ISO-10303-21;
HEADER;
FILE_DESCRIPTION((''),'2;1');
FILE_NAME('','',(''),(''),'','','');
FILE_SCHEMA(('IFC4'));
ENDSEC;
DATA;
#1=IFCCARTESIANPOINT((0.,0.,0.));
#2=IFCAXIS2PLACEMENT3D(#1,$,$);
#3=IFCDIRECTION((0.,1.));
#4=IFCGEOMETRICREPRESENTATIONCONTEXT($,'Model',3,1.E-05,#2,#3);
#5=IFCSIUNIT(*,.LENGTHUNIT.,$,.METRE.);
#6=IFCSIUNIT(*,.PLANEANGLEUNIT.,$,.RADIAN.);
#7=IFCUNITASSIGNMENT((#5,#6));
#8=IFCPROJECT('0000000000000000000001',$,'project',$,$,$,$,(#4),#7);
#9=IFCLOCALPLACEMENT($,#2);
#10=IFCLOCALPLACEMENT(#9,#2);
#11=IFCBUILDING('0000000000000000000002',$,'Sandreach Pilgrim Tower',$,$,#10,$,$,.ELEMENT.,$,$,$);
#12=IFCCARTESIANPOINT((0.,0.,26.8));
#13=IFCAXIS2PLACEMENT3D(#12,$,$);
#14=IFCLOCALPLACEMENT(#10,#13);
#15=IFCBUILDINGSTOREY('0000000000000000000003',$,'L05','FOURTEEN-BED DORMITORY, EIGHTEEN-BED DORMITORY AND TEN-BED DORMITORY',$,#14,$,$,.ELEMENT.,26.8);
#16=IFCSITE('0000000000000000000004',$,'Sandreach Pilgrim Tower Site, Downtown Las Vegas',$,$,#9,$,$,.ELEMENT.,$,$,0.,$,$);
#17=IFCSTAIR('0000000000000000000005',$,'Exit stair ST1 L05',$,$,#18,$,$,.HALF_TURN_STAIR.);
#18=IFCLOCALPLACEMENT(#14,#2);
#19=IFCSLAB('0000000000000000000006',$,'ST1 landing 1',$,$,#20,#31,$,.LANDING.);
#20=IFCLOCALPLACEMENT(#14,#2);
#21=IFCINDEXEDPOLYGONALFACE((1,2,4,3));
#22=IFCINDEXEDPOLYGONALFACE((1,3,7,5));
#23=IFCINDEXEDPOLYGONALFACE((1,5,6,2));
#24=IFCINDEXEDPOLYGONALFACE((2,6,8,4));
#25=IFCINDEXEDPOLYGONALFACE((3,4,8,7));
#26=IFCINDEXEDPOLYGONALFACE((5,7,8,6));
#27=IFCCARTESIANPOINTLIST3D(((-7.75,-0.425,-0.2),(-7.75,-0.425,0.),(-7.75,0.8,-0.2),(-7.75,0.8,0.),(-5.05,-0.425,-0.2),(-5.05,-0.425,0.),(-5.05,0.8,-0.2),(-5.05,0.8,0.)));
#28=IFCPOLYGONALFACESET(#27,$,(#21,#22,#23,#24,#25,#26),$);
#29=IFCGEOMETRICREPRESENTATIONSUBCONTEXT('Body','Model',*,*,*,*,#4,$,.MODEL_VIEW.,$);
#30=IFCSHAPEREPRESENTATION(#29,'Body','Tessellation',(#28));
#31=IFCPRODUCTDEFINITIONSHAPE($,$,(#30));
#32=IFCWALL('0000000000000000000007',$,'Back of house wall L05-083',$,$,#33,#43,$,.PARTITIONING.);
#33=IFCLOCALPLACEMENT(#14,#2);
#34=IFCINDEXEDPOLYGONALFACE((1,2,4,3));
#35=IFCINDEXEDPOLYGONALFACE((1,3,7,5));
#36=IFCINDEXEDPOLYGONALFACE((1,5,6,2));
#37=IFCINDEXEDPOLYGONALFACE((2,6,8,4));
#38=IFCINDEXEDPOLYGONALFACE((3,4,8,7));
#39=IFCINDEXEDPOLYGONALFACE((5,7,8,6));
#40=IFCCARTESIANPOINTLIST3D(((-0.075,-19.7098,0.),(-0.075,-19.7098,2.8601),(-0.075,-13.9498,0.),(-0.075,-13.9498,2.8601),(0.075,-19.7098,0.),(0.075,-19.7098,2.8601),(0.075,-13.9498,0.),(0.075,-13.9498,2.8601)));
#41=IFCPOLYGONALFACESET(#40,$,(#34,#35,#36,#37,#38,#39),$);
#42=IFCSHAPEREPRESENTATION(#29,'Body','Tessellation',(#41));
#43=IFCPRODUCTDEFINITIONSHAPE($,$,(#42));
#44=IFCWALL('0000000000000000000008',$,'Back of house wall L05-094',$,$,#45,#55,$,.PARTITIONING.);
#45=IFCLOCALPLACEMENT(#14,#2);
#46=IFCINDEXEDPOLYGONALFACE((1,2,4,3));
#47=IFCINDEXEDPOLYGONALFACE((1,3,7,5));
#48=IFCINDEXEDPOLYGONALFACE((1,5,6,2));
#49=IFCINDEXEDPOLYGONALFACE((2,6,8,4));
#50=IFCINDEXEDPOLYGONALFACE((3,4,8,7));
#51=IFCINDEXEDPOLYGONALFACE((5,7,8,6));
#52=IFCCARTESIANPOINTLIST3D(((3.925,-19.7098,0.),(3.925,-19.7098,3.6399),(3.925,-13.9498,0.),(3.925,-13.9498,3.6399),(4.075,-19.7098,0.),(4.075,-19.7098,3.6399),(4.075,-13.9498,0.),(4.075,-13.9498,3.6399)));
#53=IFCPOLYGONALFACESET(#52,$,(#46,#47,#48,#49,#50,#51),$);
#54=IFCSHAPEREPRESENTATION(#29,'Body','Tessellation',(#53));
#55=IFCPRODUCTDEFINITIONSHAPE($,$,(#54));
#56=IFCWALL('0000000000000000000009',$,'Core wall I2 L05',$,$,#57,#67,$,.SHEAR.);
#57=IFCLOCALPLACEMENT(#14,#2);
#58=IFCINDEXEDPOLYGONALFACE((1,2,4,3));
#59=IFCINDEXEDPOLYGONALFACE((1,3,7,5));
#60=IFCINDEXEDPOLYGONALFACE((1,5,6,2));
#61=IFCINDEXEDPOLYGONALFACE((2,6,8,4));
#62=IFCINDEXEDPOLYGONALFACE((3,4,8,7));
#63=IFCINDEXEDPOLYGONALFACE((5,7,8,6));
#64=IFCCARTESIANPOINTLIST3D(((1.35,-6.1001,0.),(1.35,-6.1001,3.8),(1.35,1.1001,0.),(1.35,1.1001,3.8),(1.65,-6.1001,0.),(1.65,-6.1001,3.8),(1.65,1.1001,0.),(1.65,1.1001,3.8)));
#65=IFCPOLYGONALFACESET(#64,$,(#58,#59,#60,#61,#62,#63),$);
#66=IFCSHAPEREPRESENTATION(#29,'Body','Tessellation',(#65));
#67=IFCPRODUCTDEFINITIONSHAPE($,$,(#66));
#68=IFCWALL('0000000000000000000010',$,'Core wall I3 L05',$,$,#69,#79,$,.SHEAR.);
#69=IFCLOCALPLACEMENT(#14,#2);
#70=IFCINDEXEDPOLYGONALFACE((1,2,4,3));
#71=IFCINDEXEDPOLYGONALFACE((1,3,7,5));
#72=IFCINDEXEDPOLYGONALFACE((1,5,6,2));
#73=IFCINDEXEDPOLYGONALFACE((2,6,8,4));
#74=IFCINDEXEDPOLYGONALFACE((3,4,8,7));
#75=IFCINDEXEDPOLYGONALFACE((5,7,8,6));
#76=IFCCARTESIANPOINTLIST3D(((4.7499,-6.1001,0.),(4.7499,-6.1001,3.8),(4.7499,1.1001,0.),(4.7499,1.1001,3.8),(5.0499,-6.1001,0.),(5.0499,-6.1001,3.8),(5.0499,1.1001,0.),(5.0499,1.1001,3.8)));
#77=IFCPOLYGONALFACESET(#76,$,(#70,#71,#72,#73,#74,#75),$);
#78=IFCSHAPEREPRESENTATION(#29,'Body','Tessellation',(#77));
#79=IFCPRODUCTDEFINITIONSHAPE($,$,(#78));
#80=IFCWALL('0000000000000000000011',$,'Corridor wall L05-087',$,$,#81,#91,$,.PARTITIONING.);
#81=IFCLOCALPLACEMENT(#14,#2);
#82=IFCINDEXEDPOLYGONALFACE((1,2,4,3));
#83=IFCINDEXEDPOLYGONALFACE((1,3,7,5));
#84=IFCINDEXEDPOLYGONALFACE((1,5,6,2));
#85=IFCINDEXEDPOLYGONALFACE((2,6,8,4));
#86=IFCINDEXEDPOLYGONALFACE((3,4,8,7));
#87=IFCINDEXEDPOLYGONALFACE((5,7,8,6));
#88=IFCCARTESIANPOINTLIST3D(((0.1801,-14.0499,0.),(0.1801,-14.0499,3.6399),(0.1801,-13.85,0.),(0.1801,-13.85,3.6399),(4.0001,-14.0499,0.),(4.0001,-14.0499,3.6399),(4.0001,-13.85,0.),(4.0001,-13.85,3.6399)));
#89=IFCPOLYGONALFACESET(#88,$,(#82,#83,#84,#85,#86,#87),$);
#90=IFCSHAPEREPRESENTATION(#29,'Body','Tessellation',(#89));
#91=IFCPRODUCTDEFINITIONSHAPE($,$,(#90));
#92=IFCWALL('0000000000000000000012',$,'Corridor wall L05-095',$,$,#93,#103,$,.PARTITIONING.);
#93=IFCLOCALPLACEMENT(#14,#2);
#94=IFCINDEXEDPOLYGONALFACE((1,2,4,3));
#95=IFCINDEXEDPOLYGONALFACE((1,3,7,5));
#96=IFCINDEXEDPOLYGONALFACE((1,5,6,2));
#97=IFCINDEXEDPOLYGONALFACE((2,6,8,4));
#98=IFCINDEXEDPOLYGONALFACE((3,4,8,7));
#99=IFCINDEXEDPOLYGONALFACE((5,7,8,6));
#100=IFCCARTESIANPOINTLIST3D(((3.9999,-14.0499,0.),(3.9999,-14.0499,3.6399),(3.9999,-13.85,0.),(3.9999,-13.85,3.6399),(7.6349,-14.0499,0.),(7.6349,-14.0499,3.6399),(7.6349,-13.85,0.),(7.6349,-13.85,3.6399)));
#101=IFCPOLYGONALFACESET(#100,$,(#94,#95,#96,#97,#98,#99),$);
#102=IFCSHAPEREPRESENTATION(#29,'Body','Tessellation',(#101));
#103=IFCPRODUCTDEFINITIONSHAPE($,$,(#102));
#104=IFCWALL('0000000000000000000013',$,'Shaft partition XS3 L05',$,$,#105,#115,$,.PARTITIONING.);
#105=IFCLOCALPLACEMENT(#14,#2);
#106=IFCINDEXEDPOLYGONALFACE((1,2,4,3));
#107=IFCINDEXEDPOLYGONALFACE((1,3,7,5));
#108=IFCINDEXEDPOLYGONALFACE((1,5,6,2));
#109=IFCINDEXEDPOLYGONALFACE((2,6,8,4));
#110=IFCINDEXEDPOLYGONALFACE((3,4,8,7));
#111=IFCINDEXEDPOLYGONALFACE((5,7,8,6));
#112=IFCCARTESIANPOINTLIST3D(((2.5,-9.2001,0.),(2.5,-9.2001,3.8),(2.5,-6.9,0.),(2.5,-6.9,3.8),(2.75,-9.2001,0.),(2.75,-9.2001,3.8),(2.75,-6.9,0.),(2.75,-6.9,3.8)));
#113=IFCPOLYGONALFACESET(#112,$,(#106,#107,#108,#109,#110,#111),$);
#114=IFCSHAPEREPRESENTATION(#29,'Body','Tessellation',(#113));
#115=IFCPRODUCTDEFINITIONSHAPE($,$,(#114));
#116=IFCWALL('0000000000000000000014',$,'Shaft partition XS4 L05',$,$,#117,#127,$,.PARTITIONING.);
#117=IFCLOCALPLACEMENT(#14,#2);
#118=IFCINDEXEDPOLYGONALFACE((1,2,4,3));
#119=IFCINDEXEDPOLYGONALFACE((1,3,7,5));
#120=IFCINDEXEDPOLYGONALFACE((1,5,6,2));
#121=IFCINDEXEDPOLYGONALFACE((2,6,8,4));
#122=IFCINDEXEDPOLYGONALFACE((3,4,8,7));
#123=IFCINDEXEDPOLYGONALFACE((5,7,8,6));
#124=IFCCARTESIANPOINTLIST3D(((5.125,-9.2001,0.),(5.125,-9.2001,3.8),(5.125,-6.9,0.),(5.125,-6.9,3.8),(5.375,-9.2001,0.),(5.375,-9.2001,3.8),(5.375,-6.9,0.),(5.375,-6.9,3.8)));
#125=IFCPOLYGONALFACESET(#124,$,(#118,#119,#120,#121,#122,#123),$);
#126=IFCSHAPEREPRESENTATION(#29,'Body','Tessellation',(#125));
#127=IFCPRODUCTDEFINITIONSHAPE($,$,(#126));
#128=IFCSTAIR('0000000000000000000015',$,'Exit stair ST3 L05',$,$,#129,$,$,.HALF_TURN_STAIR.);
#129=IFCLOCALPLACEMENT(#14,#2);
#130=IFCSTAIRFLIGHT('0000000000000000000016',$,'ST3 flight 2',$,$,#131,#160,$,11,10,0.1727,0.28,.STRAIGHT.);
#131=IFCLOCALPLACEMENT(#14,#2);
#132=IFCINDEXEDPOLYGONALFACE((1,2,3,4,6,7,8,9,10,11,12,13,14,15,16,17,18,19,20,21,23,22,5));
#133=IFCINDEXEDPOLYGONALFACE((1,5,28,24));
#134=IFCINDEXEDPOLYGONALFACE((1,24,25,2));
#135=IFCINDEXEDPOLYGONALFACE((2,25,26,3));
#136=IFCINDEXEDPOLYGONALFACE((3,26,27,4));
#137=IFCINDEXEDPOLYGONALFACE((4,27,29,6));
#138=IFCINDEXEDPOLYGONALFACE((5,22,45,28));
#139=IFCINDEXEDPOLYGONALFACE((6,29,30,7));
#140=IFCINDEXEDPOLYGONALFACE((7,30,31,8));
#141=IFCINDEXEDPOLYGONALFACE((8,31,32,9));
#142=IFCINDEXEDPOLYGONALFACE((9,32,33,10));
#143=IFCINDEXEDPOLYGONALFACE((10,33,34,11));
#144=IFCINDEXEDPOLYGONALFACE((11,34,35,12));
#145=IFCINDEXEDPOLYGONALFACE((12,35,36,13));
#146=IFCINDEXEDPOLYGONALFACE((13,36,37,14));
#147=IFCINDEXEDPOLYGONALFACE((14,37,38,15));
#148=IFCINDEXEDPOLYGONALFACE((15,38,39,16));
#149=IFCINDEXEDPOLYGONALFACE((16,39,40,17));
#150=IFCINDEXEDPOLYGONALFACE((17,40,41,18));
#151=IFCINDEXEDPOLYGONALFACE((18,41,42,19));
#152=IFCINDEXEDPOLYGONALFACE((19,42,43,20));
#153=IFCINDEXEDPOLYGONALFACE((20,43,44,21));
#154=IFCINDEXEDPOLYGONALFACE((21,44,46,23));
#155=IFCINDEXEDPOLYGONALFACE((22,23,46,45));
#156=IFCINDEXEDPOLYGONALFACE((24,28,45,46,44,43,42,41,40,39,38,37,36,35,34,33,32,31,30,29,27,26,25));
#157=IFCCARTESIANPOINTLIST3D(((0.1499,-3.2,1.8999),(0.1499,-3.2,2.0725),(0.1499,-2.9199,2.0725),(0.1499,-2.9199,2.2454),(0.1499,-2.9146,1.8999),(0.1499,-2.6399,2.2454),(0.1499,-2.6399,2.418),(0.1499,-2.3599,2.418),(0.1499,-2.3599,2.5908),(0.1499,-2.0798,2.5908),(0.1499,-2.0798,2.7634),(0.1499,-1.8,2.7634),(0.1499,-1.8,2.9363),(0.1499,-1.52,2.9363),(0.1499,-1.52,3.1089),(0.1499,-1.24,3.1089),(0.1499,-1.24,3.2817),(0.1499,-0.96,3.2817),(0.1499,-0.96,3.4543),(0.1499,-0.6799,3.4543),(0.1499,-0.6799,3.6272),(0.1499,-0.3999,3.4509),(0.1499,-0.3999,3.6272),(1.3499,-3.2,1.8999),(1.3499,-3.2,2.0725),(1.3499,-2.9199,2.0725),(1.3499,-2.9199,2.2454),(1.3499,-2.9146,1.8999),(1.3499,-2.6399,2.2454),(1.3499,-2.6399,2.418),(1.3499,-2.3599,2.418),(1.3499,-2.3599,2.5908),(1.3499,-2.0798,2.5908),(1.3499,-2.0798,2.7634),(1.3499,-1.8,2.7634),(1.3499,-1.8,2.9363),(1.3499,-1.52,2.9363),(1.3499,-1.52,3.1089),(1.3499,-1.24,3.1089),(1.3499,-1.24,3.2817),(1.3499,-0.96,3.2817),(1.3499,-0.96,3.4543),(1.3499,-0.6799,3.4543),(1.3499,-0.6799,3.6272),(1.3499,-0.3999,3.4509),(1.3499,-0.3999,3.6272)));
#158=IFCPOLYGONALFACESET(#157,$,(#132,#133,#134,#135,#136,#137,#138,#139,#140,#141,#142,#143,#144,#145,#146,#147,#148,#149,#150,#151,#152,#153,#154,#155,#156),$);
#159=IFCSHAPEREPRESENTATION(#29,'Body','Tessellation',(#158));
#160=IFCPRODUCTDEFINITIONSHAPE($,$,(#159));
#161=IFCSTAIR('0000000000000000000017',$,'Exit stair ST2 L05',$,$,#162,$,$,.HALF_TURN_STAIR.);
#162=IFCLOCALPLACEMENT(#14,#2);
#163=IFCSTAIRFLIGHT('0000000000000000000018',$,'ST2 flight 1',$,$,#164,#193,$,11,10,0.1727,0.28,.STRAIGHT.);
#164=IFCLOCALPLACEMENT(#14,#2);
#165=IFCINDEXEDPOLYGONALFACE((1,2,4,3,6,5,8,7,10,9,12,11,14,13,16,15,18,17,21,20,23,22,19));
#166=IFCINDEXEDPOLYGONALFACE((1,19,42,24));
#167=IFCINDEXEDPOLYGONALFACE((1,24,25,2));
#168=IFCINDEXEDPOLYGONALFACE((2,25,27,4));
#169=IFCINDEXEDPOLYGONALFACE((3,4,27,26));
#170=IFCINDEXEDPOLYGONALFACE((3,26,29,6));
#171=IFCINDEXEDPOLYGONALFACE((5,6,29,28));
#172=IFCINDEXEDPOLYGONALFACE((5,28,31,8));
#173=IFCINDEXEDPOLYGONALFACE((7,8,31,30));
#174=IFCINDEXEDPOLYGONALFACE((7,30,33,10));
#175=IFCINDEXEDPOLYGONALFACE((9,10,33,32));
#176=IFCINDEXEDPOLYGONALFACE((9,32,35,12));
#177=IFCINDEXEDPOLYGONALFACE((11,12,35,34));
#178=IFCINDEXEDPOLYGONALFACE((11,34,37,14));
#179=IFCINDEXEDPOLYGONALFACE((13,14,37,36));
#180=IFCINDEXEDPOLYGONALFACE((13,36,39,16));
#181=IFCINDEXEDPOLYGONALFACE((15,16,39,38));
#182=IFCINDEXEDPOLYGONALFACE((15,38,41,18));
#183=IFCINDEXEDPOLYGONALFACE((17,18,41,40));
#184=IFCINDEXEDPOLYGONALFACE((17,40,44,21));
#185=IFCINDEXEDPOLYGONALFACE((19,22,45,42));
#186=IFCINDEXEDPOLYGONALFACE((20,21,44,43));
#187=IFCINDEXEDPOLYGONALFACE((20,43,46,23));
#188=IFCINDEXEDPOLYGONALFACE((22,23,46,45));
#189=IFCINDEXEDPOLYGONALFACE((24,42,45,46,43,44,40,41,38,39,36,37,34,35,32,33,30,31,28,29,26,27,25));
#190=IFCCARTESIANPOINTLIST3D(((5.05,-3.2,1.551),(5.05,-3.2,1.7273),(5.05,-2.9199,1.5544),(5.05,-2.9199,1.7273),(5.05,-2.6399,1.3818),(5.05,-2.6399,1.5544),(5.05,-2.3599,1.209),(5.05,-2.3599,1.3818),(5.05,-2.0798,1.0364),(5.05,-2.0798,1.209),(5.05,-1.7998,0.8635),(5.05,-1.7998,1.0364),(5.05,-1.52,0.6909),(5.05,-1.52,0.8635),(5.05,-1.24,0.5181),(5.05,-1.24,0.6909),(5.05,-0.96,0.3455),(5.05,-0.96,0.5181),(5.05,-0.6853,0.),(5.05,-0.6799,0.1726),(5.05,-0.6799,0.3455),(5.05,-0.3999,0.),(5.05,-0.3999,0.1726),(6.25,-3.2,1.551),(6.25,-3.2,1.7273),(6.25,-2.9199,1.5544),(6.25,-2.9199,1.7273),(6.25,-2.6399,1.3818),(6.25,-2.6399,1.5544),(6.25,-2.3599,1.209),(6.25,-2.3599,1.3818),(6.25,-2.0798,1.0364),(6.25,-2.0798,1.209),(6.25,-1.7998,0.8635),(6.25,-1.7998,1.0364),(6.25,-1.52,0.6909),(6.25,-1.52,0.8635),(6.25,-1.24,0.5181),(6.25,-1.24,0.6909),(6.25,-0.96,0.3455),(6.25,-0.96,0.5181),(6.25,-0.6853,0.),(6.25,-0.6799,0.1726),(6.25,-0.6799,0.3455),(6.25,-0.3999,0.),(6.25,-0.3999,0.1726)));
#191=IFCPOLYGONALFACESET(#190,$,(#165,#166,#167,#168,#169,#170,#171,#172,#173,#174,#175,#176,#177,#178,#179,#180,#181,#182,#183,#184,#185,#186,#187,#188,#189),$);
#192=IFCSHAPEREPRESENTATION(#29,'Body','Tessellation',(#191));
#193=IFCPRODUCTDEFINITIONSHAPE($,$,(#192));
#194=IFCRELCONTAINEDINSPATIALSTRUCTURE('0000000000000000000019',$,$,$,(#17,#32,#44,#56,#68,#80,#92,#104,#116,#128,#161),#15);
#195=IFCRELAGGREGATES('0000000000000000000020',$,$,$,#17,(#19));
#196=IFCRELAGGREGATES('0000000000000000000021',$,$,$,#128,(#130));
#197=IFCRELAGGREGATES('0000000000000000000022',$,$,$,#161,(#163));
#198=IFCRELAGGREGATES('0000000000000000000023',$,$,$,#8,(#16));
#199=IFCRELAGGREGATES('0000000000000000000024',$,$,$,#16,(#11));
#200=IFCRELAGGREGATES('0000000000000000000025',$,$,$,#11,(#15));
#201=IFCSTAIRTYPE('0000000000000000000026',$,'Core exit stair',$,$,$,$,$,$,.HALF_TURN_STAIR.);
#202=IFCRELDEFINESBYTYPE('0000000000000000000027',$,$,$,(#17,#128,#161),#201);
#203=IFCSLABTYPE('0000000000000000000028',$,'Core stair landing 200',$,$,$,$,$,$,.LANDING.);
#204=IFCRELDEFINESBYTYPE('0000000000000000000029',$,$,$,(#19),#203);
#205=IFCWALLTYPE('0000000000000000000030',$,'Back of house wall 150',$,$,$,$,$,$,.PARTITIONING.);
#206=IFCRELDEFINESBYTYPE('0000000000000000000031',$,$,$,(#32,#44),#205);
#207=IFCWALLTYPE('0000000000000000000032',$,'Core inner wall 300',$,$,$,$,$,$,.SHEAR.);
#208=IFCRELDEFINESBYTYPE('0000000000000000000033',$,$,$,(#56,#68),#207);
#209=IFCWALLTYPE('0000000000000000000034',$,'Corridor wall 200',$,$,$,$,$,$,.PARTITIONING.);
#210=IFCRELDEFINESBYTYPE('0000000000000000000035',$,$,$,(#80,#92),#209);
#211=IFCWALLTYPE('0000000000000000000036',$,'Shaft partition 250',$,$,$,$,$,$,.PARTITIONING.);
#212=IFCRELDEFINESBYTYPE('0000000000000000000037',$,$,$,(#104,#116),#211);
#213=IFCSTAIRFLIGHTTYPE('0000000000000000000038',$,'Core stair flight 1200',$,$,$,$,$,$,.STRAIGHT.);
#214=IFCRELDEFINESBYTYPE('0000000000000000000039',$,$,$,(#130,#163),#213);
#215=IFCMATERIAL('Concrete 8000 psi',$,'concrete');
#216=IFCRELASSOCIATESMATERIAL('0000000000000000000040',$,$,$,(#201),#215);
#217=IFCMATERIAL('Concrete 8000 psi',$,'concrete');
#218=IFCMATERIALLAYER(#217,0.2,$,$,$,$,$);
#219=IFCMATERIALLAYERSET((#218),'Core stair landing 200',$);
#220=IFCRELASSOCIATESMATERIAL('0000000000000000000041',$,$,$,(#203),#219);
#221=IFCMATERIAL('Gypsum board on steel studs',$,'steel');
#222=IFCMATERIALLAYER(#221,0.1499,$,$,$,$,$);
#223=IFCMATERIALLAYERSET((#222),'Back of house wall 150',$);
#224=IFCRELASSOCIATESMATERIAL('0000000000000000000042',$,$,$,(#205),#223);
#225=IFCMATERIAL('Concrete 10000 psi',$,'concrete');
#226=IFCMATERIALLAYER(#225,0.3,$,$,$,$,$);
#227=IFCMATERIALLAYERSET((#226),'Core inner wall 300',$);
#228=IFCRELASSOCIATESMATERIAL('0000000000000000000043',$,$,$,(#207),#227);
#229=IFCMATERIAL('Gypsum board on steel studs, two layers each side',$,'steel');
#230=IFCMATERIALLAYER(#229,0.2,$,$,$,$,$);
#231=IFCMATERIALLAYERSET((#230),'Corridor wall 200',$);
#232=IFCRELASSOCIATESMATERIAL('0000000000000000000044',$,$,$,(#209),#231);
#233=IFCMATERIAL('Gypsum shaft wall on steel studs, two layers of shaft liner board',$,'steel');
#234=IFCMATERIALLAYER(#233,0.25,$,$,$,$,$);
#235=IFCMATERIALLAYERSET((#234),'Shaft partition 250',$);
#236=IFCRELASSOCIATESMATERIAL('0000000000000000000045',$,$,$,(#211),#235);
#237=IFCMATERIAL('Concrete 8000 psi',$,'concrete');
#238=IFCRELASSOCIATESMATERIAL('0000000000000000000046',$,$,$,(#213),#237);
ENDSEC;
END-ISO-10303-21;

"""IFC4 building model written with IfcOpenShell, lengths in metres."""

from ifc_helpers import new_model, si_unit, direction, frame, frame_2d, origin, place, context, subcontext, project, spatial, polyline, rectangle, outline, extrude, material, layer, layer_set, type_object, element, aggregate, save


model = new_model("IFC4")

# Units and contexts
model_context = context("Model", 3, precision=1e-05, world=origin(), true_north=direction((0.0, 1.0)))
body_context = subcontext(model_context, "Body", "Model", "MODEL_VIEW")
ifc_project = project(units=[si_unit("LENGTHUNIT", "METRE"), si_unit("PLANEANGLEUNIT", "RADIAN")], contexts=[model_context])

# Site, building, storey
site_placement = place(None, origin())
site = spatial("IfcSite", under=ifc_project, at=site_placement, Name="Sandreach Pilgrim Tower Site, Downtown Las Vegas", CompositionType="ELEMENT", RefElevation=0.0)
building_placement = place(site_placement, origin())
building = spatial("IfcBuilding", under=site, at=building_placement, Name="Sandreach Pilgrim Tower", CompositionType="ELEMENT")
storey_placement = place(building_placement, frame((0.0, 0.0, 26.8)))
storey = spatial("IfcBuildingStorey", under=building, at=storey_placement, Name="L05", Description="FOURTEEN-BED DORMITORY, EIGHTEEN-BED DORMITORY AND TEN-BED DORMITORY", CompositionType="ELEMENT", Elevation=26.8)

# Stair, slab
ifc_material_1 = material(Name="Concrete 8000 psi", Category="concrete")
stair_type = type_object("IfcStairType", Name="Core exit stair", PredefinedType="HALF_TURN_STAIR", material=ifc_material_1)
stair_1_placement = place(storey_placement, origin())
stair_1 = element("IfcStair", 1, at=stair_1_placement, inside=storey, type_object=stair_type, Name="Exit stair ST1 L05", PredefinedType="HALF_TURN_STAIR")
ifc_material_2 = material(Name="Concrete 8000 psi", Category="concrete")
ifc_layer_1 = layer(ifc_material_2, 0.2)
ifc_layer_set_1 = layer_set([ifc_layer_1], Name="Core stair landing 200")
slab_type = type_object("IfcSlabType", Name="Core stair landing 200", PredefinedType="LANDING", material=ifc_layer_set_1)
slab_placement = place(storey_placement, frame((0.0, 0.0, -0.2)))
slab = element("IfcSlab", 2, at=slab_placement, type_object=slab_type, Name="ST1 landing 1", PredefinedType="LANDING", context=body_context, shape_type="SweptSolid", body=[
    extrude(outline(polyline([(-7.75, -0.425), (-5.05, -0.425), (-5.05, 0.8), (-7.75, 0.8), (-7.75, -0.425)])), origin(), (0.0, 0.0, 1.0), 0.2),
])
aggregate(stair_1, [slab])

# Walls
ifc_material_3 = material(Name="Gypsum board on steel studs", Category="steel")
ifc_layer_2 = layer(ifc_material_3, 0.1499)
ifc_layer_set_2 = layer_set([ifc_layer_2], Name="Back of house wall 150")
wall_type_1 = type_object("IfcWallType", Name="Back of house wall 150", PredefinedType="PARTITIONING", material=ifc_layer_set_2)
wall_1_placement = place(storey_placement, frame((0.0, -13.95, 0.0), z_axis=(0.0, 0.0, 1.0), x_axis=(0.0, -1.0, 0.0)))
element("IfcWall", 3, at=wall_1_placement, inside=storey, type_object=wall_type_1, Name="Back of house wall L05-083", PredefinedType="PARTITIONING", context=body_context, shape_type="SweptSolid", body=[
    extrude(rectangle(XDim=5.76, YDim=0.1499, at=frame_2d((2.8799, 0.0))), origin(), (0.0, 0.0, 1.0), 2.8601),
])
wall_2_placement = place(storey_placement, frame((4.0, -13.95, 0.0), z_axis=(0.0, 0.0, 1.0), x_axis=(0.0, -1.0, 0.0)))
element("IfcWall", 4, at=wall_2_placement, inside=storey, type_object=wall_type_1, Name="Back of house wall L05-094", PredefinedType="PARTITIONING", context=body_context, shape_type="SweptSolid", body=[
    extrude(rectangle(XDim=5.76, YDim=0.1499, at=frame_2d((2.8799, 0.0))), origin(), (0.0, 0.0, 1.0), 3.6399),
])
ifc_material_4 = material(Name="Concrete 10000 psi", Category="concrete")
ifc_layer_3 = layer(ifc_material_4, 0.3)
ifc_layer_set_3 = layer_set([ifc_layer_3], Name="Core inner wall 300")
wall_type_2 = type_object("IfcWallType", Name="Core inner wall 300", PredefinedType="SHEAR", material=ifc_layer_set_3)
for number, where, z_axis, x_axis, name in (
    (5, (1.5, -6.1001, 0.0), (0.0, 0.0, 1.0), (0.0, 1.0, 0.0), "Core wall I2 L05"),
    (6, (4.8999, -6.1001, 0.0), (0.0, 0.0, 1.0), (0.0, 1.0, 0.0), "Core wall I3 L05"),
):
    element("IfcWall", number, at=place(storey_placement, frame(where, z_axis=z_axis, x_axis=x_axis)), inside=storey, type_object=wall_type_2, Name=name, PredefinedType="SHEAR", context=body_context, shape_type="SweptSolid", body=[
        extrude(rectangle(XDim=7.2002, YDim=0.3, at=frame_2d((3.6001, 0.0))), origin(), (0.0, 0.0, 1.0), 3.8),
    ])

# Wall
ifc_material_5 = material(Name="Gypsum board on steel studs, two layers each side", Category="steel")
ifc_layer_4 = layer(ifc_material_5, 0.2)
ifc_layer_set_4 = layer_set([ifc_layer_4], Name="Corridor wall 200")
wall_type_3 = type_object("IfcWallType", Name="Corridor wall 200", PredefinedType="PARTITIONING", material=ifc_layer_set_4)
wall_3_placement = place(storey_placement, frame((0.1799, -13.95, 0.0), z_axis=(0.0, 0.0, 1.0), x_axis=(1.0, 0.0, 0.0)))
element("IfcWall", 7, at=wall_3_placement, inside=storey, type_object=wall_type_3, Name="Corridor wall L05-087", PredefinedType="PARTITIONING", context=body_context, shape_type="SweptSolid", body=[
    extrude(rectangle(XDim=3.8201, YDim=0.2, at=frame_2d((1.9102, 0.0))), origin(), (0.0, 0.0, 1.0), 3.6399),
])

# Walls
wall_4_placement = place(storey_placement, frame((4.0, -13.95, 0.0), z_axis=(0.0, 0.0, 1.0), x_axis=(1.0, 0.0, 0.0)))
element("IfcWall", 8, at=wall_4_placement, inside=storey, type_object=wall_type_3, Name="Corridor wall L05-095", PredefinedType="PARTITIONING", context=body_context, shape_type="SweptSolid", body=[
    extrude(rectangle(XDim=3.635, YDim=0.2, at=frame_2d((1.8174, 0.0))), origin(), (0.0, 0.0, 1.0), 3.6399),
])
ifc_material_6 = material(Name="Gypsum shaft wall on steel studs, two layers of shaft liner board", Category="steel")
ifc_layer_5 = layer(ifc_material_6, 0.25)
ifc_layer_set_5 = layer_set([ifc_layer_5], Name="Shaft partition 250")
wall_type_4 = type_object("IfcWallType", Name="Shaft partition 250", PredefinedType="PARTITIONING", material=ifc_layer_set_5)
for number, where, z_axis, x_axis, name in (
    (9, (2.625, -9.2, 0.0), (0.0, 0.0, 1.0), (0.0, 1.0, 0.0), "Shaft partition XS3 L05"),
    (10, (5.25, -9.2, 0.0), (0.0, 0.0, 1.0), (0.0, 1.0, 0.0), "Shaft partition XS4 L05"),
):
    element("IfcWall", number, at=place(storey_placement, frame(where, z_axis=z_axis, x_axis=x_axis)), inside=storey, type_object=wall_type_4, Name=name, PredefinedType="PARTITIONING", context=body_context, shape_type="SweptSolid", body=[
        extrude(rectangle(XDim=2.3, YDim=0.25, at=frame_2d((1.1499, 0.0))), origin(), (0.0, 0.0, 1.0), 3.8),
    ])

# Stairs, stair flights
stair_2_placement = place(storey_placement, origin())
stair_2 = element("IfcStair", 11, at=stair_2_placement, inside=storey, type_object=stair_type, Name="Exit stair ST3 L05", PredefinedType="HALF_TURN_STAIR")
ifc_material_7 = material(Name="Concrete 8000 psi", Category="concrete")
stair_flight_type = type_object("IfcStairFlightType", Name="Core stair flight 1200", PredefinedType="STRAIGHT", material=ifc_material_7)
stair_flight_1_placement = place(storey_placement, frame((0.75, -3.2, 1.8999), z_axis=(0.0, 0.0, 1.0), x_axis=(0.0, 1.0, 0.0)))
stair_flight_1 = element("IfcStairFlight", 12, at=stair_flight_1_placement, type_object=stair_flight_type, Name="ST3 flight 2", NumberOfRisers=11, NumberOfTreads=10, PredefinedType="STRAIGHT", RiserHeight=0.1727, TreadLength=0.28, context=body_context, shape_type="SweptSolid", body=[
    extrude(outline(polyline([(0.0, 0.0), (0.0, 0.1726), (0.28, 0.1726), (0.28, 0.3455), (0.5601, 0.3455), (0.5601, 0.5181), (0.8401, 0.5181), (0.8401, 0.6909), (1.1201, 0.6909), (1.1201, 0.8635), (1.3999, 0.8635), (1.3999, 1.0364), (1.6799, 1.0364), (1.6799, 1.209), (1.96, 1.209), (1.96, 1.3818), (2.24, 1.3818), (2.24, 1.5544), (2.52, 1.5544), (2.52, 1.7273), (2.8, 1.7273), (2.8, 1.8999), (2.8, 1.551), (0.2854, 0.0), (0.0, 0.0)])), frame((0.0, 0.6001, 0.0), z_axis=(0.0, -1.0, 0.0), x_axis=(1.0, 0.0, 0.0)), (0.0, 0.0, 1.0), 1.2),
])
aggregate(stair_2, [stair_flight_1])
stair_3_placement = place(storey_placement, origin())
stair_3 = element("IfcStair", 13, at=stair_3_placement, inside=storey, type_object=stair_type, Name="Exit stair ST2 L05", PredefinedType="HALF_TURN_STAIR")
stair_flight_2_placement = place(storey_placement, frame((5.6499, -0.3999, 0.0), z_axis=(0.0, 0.0, 1.0), x_axis=(0.0, -1.0, 0.0)))
stair_flight_2 = element("IfcStairFlight", 14, at=stair_flight_2_placement, type_object=stair_flight_type, Name="ST2 flight 1", NumberOfRisers=11, NumberOfTreads=10, PredefinedType="STRAIGHT", RiserHeight=0.1727, TreadLength=0.28, context=body_context, shape_type="SweptSolid", body=[
    extrude(outline(polyline([(0.0, 0.0), (0.0, 0.1726), (0.28, 0.1726), (0.28, 0.3455), (0.5601, 0.3455), (0.5601, 0.5181), (0.8401, 0.5181), (0.8401, 0.6909), (1.1201, 0.6909), (1.1201, 0.8635), (1.3999, 0.8635), (1.3999, 1.0364), (1.6799, 1.0364), (1.6799, 1.209), (1.96, 1.209), (1.96, 1.3818), (2.24, 1.3818), (2.24, 1.5544), (2.52, 1.5544), (2.52, 1.7273), (2.8, 1.7273), (2.8, 1.8999), (2.8, 1.551), (0.2854, 0.0), (0.0, 0.0)])), frame((0.0, 0.6001, 0.0), z_axis=(0.0, -1.0, 0.0), x_axis=(1.0, 0.0, 0.0)), (0.0, 0.0, 1.0), 1.2),
])
aggregate(stair_3, [stair_flight_2])

save(model, "model.ifc")
